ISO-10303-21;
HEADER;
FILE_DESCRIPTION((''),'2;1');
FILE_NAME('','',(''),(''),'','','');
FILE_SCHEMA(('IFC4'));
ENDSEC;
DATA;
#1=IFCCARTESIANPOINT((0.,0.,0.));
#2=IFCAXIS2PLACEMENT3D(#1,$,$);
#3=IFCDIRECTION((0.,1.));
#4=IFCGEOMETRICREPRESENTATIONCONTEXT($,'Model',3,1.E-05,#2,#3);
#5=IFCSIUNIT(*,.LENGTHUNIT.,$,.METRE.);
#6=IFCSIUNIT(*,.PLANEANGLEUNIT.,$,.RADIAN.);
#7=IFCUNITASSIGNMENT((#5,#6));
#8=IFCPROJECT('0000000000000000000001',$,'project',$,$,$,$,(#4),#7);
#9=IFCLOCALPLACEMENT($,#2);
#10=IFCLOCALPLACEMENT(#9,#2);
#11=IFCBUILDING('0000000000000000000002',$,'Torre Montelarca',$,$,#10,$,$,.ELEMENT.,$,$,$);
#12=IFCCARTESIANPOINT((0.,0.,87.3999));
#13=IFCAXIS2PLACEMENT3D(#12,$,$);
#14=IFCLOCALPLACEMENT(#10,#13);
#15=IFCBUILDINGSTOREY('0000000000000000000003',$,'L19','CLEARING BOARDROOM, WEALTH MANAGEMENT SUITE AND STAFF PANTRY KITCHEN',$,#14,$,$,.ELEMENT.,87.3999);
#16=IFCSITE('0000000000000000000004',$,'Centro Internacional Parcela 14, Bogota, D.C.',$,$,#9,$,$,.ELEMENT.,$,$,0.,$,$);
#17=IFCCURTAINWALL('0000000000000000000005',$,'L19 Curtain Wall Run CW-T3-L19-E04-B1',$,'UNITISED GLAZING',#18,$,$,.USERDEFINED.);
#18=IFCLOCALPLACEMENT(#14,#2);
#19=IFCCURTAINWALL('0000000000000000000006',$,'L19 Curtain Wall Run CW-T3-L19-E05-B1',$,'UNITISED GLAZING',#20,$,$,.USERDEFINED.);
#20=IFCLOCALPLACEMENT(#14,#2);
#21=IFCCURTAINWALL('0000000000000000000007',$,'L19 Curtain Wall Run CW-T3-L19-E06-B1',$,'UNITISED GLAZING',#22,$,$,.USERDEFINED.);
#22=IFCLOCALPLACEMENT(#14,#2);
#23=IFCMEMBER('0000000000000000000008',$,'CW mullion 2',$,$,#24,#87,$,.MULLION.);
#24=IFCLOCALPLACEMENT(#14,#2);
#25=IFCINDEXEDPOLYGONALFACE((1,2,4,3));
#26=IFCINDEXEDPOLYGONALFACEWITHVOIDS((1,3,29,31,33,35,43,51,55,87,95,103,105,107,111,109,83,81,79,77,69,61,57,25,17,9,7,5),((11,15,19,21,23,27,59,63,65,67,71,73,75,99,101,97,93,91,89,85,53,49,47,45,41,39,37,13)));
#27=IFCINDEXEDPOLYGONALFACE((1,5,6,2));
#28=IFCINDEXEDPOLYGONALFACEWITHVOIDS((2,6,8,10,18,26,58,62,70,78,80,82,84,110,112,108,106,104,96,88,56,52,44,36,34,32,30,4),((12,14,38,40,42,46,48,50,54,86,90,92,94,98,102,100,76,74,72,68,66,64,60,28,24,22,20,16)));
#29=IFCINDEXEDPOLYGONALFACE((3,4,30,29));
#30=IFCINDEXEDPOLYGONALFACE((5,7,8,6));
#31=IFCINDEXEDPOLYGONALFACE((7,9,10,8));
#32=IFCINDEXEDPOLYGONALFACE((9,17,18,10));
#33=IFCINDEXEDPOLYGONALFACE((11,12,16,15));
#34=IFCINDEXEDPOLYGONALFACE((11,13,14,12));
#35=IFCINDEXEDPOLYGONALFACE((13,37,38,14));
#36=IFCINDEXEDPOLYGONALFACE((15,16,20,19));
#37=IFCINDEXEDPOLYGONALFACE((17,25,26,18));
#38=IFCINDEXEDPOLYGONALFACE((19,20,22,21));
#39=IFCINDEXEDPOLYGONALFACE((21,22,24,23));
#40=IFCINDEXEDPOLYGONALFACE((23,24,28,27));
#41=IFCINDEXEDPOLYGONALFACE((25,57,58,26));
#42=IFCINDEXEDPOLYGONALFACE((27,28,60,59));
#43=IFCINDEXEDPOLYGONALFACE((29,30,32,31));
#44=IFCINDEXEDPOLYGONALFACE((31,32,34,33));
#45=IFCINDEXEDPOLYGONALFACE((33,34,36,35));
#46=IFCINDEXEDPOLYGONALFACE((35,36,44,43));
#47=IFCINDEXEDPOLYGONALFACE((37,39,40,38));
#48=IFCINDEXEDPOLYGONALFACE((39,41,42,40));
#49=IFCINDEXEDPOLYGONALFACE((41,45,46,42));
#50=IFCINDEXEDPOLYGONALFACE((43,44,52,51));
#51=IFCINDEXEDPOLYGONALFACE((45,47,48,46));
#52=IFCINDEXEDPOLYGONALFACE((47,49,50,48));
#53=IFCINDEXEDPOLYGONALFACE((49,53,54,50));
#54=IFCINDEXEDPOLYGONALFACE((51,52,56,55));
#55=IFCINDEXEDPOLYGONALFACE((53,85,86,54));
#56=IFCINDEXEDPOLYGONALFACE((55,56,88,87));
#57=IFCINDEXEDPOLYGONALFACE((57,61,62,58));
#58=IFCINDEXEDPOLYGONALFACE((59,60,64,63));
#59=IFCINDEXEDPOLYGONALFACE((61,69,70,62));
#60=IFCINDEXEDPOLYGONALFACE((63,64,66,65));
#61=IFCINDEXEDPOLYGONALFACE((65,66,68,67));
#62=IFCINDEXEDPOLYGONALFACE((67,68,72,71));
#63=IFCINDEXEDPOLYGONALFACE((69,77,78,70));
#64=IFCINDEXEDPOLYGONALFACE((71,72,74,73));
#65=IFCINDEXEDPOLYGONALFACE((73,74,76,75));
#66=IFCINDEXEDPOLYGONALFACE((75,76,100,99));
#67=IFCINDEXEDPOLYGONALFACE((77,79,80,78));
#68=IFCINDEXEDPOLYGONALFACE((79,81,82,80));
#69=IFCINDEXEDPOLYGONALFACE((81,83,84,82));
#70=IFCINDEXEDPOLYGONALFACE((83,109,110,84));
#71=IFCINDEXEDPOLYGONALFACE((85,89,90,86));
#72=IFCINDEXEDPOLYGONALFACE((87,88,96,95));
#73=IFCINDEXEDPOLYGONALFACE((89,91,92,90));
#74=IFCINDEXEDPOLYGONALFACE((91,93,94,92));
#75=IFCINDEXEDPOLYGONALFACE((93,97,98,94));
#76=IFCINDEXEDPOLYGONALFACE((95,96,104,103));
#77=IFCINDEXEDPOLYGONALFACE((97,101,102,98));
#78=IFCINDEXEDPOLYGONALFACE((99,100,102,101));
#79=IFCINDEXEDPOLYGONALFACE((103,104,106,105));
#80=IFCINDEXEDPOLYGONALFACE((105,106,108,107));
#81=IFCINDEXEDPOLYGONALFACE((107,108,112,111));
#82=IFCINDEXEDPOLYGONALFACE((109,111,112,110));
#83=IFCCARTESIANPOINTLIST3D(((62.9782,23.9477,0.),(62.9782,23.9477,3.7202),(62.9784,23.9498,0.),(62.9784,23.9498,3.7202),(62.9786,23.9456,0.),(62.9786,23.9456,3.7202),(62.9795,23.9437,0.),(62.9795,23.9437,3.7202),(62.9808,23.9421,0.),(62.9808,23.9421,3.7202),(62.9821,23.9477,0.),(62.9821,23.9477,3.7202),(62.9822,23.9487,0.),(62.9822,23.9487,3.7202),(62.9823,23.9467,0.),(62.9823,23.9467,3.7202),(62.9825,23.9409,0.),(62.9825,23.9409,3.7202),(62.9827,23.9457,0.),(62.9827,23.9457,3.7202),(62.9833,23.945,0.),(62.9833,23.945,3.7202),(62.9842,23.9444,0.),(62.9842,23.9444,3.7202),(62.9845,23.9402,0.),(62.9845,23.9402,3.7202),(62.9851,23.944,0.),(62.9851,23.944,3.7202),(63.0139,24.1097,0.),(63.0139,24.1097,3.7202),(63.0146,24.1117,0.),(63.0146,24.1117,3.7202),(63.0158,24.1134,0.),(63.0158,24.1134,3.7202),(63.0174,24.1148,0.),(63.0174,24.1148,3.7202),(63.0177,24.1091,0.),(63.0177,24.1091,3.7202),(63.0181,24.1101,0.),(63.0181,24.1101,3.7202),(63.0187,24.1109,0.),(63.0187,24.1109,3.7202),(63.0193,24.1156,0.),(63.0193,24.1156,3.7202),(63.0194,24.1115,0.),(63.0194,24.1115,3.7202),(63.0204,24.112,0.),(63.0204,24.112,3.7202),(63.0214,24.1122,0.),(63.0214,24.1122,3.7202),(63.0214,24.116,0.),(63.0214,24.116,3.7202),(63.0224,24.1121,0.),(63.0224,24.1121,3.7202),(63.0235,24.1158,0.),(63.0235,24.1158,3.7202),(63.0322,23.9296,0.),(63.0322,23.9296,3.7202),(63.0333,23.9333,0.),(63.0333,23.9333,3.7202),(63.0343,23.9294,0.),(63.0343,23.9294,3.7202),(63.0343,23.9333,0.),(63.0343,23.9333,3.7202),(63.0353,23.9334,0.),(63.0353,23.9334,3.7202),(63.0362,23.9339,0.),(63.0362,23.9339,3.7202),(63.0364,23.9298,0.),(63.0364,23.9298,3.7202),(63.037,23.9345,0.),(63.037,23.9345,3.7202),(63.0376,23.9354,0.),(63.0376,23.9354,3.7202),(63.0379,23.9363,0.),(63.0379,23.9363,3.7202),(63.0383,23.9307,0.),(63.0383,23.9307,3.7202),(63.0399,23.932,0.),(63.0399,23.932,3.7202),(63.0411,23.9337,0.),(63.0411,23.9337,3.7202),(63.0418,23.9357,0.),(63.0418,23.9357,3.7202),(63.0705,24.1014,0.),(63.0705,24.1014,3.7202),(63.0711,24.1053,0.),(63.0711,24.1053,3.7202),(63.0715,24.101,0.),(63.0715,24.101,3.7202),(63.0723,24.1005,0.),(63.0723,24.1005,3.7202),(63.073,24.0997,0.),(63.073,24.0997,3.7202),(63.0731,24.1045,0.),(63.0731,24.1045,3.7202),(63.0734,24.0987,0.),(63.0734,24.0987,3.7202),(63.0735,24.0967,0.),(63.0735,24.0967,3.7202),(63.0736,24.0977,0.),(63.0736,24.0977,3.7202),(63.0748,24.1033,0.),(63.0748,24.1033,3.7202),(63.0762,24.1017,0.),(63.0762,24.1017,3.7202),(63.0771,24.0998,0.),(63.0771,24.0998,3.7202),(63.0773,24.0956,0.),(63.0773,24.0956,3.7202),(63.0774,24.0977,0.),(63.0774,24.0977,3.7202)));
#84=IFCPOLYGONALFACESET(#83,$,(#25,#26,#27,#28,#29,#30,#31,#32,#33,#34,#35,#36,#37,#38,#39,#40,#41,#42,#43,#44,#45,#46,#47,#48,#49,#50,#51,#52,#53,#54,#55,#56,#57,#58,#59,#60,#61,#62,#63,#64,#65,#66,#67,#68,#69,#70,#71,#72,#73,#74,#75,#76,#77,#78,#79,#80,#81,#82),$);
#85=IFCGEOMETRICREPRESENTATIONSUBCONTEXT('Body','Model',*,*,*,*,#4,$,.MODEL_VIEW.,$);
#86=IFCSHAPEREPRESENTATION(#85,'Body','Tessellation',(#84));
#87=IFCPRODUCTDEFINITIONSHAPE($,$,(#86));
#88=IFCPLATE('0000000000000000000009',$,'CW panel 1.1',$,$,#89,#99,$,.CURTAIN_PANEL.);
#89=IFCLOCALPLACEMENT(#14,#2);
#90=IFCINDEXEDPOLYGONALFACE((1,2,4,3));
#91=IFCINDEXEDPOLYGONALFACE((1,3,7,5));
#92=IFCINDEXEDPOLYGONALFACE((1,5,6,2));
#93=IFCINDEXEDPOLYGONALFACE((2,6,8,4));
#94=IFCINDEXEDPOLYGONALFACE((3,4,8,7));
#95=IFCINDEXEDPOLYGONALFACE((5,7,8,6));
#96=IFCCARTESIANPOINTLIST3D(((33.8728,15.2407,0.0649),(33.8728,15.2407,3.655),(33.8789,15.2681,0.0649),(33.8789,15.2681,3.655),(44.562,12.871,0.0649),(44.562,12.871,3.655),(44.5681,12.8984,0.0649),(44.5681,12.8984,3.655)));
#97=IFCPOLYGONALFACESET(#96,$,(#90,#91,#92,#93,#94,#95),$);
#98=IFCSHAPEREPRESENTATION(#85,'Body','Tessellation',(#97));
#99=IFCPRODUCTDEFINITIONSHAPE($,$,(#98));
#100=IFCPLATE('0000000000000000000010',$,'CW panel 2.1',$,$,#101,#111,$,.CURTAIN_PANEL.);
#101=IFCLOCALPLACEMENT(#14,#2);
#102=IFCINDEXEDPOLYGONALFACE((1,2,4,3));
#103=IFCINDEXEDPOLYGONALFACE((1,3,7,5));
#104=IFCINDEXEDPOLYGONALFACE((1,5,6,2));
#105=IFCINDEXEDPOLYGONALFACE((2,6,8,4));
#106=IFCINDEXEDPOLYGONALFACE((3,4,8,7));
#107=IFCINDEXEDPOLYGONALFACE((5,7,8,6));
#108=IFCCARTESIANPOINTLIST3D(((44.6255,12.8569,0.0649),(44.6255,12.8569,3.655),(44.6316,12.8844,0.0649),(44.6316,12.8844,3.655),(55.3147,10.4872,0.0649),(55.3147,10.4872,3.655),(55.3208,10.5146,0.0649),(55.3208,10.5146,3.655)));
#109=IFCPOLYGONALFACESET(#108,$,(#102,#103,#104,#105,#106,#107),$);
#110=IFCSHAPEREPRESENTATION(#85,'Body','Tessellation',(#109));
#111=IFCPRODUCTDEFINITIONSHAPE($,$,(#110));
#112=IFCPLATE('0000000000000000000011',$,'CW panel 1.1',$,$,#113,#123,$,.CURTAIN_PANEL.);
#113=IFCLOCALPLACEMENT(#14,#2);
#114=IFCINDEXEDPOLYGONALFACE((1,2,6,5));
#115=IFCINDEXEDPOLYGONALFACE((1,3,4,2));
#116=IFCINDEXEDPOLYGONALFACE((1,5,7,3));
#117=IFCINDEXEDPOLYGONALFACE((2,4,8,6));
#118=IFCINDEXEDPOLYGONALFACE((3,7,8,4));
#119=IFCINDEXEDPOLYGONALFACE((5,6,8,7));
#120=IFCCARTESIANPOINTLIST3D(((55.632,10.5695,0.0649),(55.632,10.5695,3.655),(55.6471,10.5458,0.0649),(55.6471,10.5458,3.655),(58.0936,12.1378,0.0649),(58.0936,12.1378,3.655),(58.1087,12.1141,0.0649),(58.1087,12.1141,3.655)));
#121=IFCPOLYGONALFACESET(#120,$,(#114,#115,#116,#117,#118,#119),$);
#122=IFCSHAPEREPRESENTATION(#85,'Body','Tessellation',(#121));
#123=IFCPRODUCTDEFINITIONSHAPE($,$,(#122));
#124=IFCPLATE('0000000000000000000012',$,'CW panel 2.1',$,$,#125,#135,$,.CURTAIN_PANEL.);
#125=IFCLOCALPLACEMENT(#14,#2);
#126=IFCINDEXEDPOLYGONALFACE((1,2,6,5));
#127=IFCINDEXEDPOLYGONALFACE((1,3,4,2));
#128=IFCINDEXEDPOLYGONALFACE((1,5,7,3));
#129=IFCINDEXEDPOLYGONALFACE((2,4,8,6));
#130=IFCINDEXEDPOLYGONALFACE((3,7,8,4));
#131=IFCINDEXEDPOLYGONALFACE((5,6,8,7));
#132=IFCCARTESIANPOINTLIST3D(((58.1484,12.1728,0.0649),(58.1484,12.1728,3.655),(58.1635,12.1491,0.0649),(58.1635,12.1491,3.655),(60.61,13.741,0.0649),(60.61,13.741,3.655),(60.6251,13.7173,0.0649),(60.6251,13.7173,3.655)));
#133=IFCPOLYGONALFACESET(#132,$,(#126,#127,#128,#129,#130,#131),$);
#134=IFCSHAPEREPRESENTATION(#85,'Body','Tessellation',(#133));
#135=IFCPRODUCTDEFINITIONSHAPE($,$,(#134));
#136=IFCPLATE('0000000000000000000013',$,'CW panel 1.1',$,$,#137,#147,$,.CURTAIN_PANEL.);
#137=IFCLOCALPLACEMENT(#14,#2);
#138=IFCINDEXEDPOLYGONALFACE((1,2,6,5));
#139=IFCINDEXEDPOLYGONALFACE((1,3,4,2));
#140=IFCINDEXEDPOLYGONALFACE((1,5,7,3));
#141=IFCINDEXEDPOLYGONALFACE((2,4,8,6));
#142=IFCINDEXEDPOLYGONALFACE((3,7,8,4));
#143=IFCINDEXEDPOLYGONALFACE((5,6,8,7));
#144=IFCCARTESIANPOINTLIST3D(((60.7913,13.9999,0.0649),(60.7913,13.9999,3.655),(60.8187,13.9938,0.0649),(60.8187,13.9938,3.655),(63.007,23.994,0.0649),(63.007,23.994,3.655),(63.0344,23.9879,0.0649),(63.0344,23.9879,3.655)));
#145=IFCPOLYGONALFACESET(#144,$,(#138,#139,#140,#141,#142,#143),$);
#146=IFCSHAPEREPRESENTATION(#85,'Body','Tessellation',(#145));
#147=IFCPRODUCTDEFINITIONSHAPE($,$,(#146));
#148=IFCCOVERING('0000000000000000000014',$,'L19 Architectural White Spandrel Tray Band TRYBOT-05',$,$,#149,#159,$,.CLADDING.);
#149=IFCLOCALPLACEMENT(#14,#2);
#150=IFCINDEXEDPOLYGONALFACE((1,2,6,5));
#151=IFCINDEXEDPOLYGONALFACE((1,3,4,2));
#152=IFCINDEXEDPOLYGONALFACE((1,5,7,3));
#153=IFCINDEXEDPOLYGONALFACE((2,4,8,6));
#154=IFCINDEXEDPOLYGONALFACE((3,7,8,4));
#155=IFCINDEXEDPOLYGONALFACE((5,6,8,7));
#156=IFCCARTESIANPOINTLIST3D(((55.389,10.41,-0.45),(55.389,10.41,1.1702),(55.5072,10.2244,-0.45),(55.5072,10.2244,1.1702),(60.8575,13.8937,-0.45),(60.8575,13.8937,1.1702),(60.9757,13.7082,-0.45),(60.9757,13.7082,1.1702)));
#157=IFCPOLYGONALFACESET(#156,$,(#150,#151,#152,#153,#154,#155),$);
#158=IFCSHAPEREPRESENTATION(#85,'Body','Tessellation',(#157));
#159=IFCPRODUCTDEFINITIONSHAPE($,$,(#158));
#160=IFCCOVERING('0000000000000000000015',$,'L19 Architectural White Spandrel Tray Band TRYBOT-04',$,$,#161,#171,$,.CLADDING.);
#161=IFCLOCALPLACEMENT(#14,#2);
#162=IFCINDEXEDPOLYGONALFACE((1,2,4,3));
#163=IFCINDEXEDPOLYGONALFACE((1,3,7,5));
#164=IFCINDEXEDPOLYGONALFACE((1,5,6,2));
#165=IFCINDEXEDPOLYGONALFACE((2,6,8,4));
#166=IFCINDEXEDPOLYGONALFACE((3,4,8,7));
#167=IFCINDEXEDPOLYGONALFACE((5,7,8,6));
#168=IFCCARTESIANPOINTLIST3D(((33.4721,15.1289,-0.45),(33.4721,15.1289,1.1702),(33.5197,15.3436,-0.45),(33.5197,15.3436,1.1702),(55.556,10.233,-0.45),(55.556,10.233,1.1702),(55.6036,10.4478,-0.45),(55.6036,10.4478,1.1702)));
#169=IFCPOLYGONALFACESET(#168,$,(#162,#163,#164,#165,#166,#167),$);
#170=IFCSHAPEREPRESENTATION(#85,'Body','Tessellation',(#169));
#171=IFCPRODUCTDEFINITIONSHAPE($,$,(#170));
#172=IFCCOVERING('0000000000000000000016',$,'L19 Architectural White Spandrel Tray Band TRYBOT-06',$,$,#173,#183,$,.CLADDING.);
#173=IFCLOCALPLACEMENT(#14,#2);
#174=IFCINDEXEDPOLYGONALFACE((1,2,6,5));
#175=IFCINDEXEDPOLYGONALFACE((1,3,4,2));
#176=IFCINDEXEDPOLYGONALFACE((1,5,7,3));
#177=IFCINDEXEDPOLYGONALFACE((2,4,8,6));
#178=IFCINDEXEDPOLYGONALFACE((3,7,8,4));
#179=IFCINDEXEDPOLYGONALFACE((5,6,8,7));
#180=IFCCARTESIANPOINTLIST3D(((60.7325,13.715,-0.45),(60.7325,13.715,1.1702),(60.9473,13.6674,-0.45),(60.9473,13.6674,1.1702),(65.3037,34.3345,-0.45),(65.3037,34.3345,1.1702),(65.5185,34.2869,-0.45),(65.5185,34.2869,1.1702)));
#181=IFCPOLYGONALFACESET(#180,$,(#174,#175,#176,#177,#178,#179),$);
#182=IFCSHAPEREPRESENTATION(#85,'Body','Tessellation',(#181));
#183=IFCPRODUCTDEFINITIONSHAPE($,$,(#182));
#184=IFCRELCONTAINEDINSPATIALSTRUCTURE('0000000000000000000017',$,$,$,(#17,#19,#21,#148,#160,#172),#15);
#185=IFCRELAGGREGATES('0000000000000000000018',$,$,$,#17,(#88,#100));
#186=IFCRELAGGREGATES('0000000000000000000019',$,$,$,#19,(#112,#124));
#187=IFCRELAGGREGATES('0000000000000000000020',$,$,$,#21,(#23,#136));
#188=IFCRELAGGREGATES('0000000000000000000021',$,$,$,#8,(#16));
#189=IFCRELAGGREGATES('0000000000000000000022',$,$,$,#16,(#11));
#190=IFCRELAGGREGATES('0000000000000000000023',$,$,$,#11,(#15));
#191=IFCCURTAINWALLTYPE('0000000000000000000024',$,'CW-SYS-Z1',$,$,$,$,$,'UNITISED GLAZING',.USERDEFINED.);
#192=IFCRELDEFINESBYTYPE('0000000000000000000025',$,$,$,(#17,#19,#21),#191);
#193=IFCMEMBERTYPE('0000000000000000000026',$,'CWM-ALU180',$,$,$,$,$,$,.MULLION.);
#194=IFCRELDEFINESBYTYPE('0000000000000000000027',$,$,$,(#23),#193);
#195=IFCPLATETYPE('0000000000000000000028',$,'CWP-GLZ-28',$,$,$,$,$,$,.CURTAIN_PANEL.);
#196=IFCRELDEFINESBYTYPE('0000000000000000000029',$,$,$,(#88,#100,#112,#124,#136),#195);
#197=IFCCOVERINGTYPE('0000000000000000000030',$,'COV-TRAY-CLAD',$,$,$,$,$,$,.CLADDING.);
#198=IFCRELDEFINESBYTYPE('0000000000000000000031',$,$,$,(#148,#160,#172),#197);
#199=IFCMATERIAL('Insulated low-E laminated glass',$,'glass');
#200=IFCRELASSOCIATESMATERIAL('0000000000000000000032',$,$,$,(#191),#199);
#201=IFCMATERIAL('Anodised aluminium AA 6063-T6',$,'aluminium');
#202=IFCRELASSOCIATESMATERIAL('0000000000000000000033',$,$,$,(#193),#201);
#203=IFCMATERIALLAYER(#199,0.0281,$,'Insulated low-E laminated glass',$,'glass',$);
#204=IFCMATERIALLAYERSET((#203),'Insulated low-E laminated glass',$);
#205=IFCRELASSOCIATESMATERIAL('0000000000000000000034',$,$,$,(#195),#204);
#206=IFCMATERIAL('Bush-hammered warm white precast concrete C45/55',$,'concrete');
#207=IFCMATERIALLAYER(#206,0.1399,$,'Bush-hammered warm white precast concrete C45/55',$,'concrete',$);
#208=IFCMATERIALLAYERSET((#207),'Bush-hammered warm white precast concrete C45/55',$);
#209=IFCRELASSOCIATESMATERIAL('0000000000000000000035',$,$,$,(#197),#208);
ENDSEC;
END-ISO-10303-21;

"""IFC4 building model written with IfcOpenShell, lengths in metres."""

from ifc_helpers import new_model, si_unit, direction, frame, origin, origin_2d, place, context, subcontext, project, spatial, rectangle, hollow_rectangle, extrude, source, transform, mapped, material, layer, layer_set, material_profile, profile_set, type_object, element, aggregate, save


model = new_model("IFC4")

# Units and contexts
model_context = context("Model", 3, precision=1e-05, world=origin(), true_north=direction((0.0, 1.0)))
body_context = subcontext(model_context, "Body", "Model", "MODEL_VIEW")
ifc_project = project(units=[si_unit("LENGTHUNIT", "METRE"), si_unit("PLANEANGLEUNIT", "RADIAN")], contexts=[model_context])

# Site, building, storey
site_placement = place(None, origin())
site = spatial("IfcSite", under=ifc_project, at=site_placement, Name="Centro Internacional Parcela 14, Bogota, D.C.", CompositionType="ELEMENT", RefElevation=0.0)
building_placement = place(site_placement, origin())
building = spatial("IfcBuilding", under=site, at=building_placement, Name="Torre Montelarca", CompositionType="ELEMENT")
storey_placement = place(building_placement, frame((0.0, 0.0, 87.3999)))
storey = spatial("IfcBuildingStorey", under=building, at=storey_placement, Name="L19", Description="CLEARING BOARDROOM, WEALTH MANAGEMENT SUITE AND STAFF PANTRY KITCHEN", CompositionType="ELEMENT", Elevation=87.3999)

# Curtain walls
ifc_material_1 = material(Name="Insulated low-E laminated glass", Category="glass")
curtain_wall_type = type_object("IfcCurtainWallType", Name="CW-SYS-Z1", ElementType="UNITISED GLAZING", PredefinedType="USERDEFINED", material=ifc_material_1)
curtain_wall_1_placement = place(storey_placement, origin())
curtain_wall_1 = element("IfcCurtainWall", 1, at=curtain_wall_1_placement, inside=storey, type_object=curtain_wall_type, Name="L19 Curtain Wall Run CW-T3-L19-E04-B1", ObjectType="UNITISED GLAZING", PredefinedType="USERDEFINED")
ifc_material_2 = material(Name="Anodised aluminium AA 6063-T6", Category="aluminium")
curtain_wall_2_placement = place(storey_placement, origin())
curtain_wall_2 = element("IfcCurtainWall", 2, at=curtain_wall_2_placement, inside=storey, type_object=curtain_wall_type, Name="L19 Curtain Wall Run CW-T3-L19-E05-B1", ObjectType="UNITISED GLAZING", PredefinedType="USERDEFINED")
curtain_wall_3_placement = place(storey_placement, origin())
curtain_wall_3 = element("IfcCurtainWall", 3, at=curtain_wall_3_placement, inside=storey, type_object=curtain_wall_type, Name="L19 Curtain Wall Run CW-T3-L19-E06-B1", ObjectType="UNITISED GLAZING", PredefinedType="USERDEFINED")

# Member
ifc_material_profile_1 = material_profile(ifc_material_2, hollow_rectangle(XDim=0.0649, YDim=0.1799, WallThickness=0.0039, InnerFilletRadius=0.0039, OuterFilletRadius=0.0081, at=origin_2d()), Name="ALU65X180X4", Category="aluminium")
ifc_profile_set_1 = profile_set([ifc_material_profile_1], Name="Anodised aluminium AA 6063-T6")
member_type_1 = type_object("IfcMemberType", Name="CWM-ALU180", PredefinedType="MULLION", material=ifc_profile_set_1)
shared_shape_1 = source(origin(), body_context, "Body", "SweptSolid", [
    extrude(hollow_rectangle(XDim=0.0649, YDim=0.1799, WallThickness=0.0039, InnerFilletRadius=0.0039, OuterFilletRadius=0.0081, at=origin_2d()), origin(), (0.0, 0.0, 1.0), 3.7202),
])
member_1_placement = place(storey_placement, frame((63.0278, 24.0227, 0.0), z_axis=(0.0, 0.0, 1.0), x_axis=(-0.976296, 0.216441, 0.0)))
member_1 = element("IfcMember", 4, at=member_1_placement, type_object=member_type_1, Name="CW mullion 2", PredefinedType="MULLION", context=body_context, shape_type="MappedRepresentation", body=[
    mapped(shared_shape_1, transform((0.0, 0.0, 0.0), scale=1.0)),
])

# Plates
ifc_layer_1 = layer(ifc_material_1, 0.0281, Name="Insulated low-E laminated glass", Category="glass")
ifc_layer_set_1 = layer_set([ifc_layer_1], Name="Insulated low-E laminated glass")
plate_type = type_object("IfcPlateType", Name="CWP-GLZ-28", PredefinedType="CURTAIN_PANEL", material=ifc_layer_set_1)
shared_shape_2 = source(origin(), body_context, "Body", "SweptSolid", [
    extrude(rectangle(XDim=10.9487, YDim=0.0281, at=origin_2d()), origin(), (0.0, 0.0, 1.0), 3.5901),
])
plate_1_placement = place(storey_placement, frame((39.2205, 14.0696, 0.0649), z_axis=(0.0, 0.0, 1.0), x_axis=(0.976297, -0.216437, 0.0)))
plate_1 = element("IfcPlate", 5, at=plate_1_placement, type_object=plate_type, Name="CW panel 1.1", PredefinedType="CURTAIN_PANEL", context=body_context, shape_type="MappedRepresentation", body=[
    mapped(shared_shape_2, transform((0.0, 0.0, 0.0), scale=1.0)),
])
plate_2_placement = place(storey_placement, frame((49.9731, 11.6858, 0.0649), z_axis=(0.0, 0.0, 1.0), x_axis=(0.976297, -0.216437, 0.0)))
plate_2 = element("IfcPlate", 6, at=plate_2_placement, type_object=plate_type, Name="CW panel 2.1", PredefinedType="CURTAIN_PANEL", context=body_context, shape_type="MappedRepresentation", body=[
    mapped(shared_shape_2, transform((0.0, 0.0, 0.0), scale=1.0)),
])
aggregate(curtain_wall_1, [plate_1, plate_2])
shared_shape_3 = source(origin(), body_context, "Body", "SweptSolid", [
    extrude(rectangle(XDim=2.9187, YDim=0.0281, at=origin_2d()), origin(), (0.0, 0.0, 1.0), 3.5901),
])
plate_3_placement = place(storey_placement, frame((56.8704, 11.3418, 0.0649), z_axis=(0.0, 0.0, 1.0), x_axis=(0.843388, 0.537304, 0.0)))
plate_3 = element("IfcPlate", 7, at=plate_3_placement, type_object=plate_type, Name="CW panel 1.1", PredefinedType="CURTAIN_PANEL", context=body_context, shape_type="MappedRepresentation", body=[
    mapped(shared_shape_3, transform((0.0, 0.0, 0.0), scale=1.0)),
])
plate_4_placement = place(storey_placement, frame((59.3867, 12.9451, 0.0649), z_axis=(0.0, 0.0, 1.0), x_axis=(0.843388, 0.537304, 0.0)))
plate_4 = element("IfcPlate", 8, at=plate_4_placement, type_object=plate_type, Name="CW panel 2.1", PredefinedType="CURTAIN_PANEL", context=body_context, shape_type="MappedRepresentation", body=[
    mapped(shared_shape_3, transform((0.0, 0.0, 0.0), scale=1.0)),
])
aggregate(curtain_wall_2, [plate_3, plate_4])
shared_shape_4 = source(origin(), body_context, "Body", "SweptSolid", [
    extrude(rectangle(XDim=10.2368, YDim=0.0281, at=origin_2d()), origin(), (0.0, 0.0, 1.0), 3.5901),
])
plate_5_placement = place(storey_placement, frame((61.9128, 18.9939, 0.0649), z_axis=(0.0, 0.0, 1.0), x_axis=(0.216441, 0.976296, 0.0)))
plate_5 = element("IfcPlate", 9, at=plate_5_placement, type_object=plate_type, Name="CW panel 1.1", PredefinedType="CURTAIN_PANEL", context=body_context, shape_type="MappedRepresentation", body=[
    mapped(shared_shape_4, transform((0.0, 0.0, 0.0), scale=1.0)),
])
aggregate(curtain_wall_3, [member_1, plate_5])

# Coverings
ifc_material_3 = material(Name="Bush-hammered warm white precast concrete C45/55", Category="concrete")
ifc_layer_2 = layer(ifc_material_3, 0.1399, Name="Bush-hammered warm white precast concrete C45/55", Category="concrete")
ifc_layer_set_2 = layer_set([ifc_layer_2], Name="Bush-hammered warm white precast concrete C45/55")
covering_type = type_object("IfcCoveringType", Name="COV-TRAY-CLAD", PredefinedType="CLADDING", material=ifc_layer_set_2)
shared_shape_5 = source(origin(), body_context, "Body", "SweptSolid", [
    extrude(rectangle(XDim=6.4839, YDim=0.22, at=origin_2d()), origin(), (0.0, 0.0, 1.0), 1.6201),
])
covering_1_placement = place(storey_placement, frame((58.1824, 12.0591, -0.45), z_axis=(0.0, 0.0, 1.0), x_axis=(0.843395, 0.537294, 0.0)))
element("IfcCovering", 10, at=covering_1_placement, inside=storey, type_object=covering_type, Name="L19 Architectural White Spandrel Tray Band TRYBOT-05", PredefinedType="CLADDING", context=body_context, shape_type="MappedRepresentation", body=[
    mapped(shared_shape_5, transform((0.0, 0.0, 0.0), scale=1.0)),
])
shared_shape_6 = source(origin(), body_context, "Body", "SweptSolid", [
    extrude(rectangle(XDim=22.6201, YDim=0.22, at=origin_2d()), origin(), (0.0, 0.0, 1.0), 1.6201),
])
covering_2_placement = place(storey_placement, frame((44.5378, 12.7883, -0.45), z_axis=(0.0, 0.0, 1.0), x_axis=(0.976297, -0.216436, 0.0)))
element("IfcCovering", 11, at=covering_2_placement, inside=storey, type_object=covering_type, Name="L19 Architectural White Spandrel Tray Band TRYBOT-04", PredefinedType="CLADDING", context=body_context, shape_type="MappedRepresentation", body=[
    mapped(shared_shape_6, transform((0.0, 0.0, 0.0), scale=1.0)),
])
shared_shape_7 = source(origin(), body_context, "Body", "SweptSolid", [
    extrude(rectangle(XDim=21.1201, YDim=0.22, at=origin_2d()), origin(), (0.0, 0.0, 1.0), 1.6201),
])
covering_3_placement = place(storey_placement, frame((63.1255, 24.001, -0.45), z_axis=(0.0, 0.0, 1.0), x_axis=(0.216438, 0.976296, 0.0)))
element("IfcCovering", 12, at=covering_3_placement, inside=storey, type_object=covering_type, Name="L19 Architectural White Spandrel Tray Band TRYBOT-06", PredefinedType="CLADDING", context=body_context, shape_type="MappedRepresentation", body=[
    mapped(shared_shape_7, transform((0.0, 0.0, 0.0), scale=1.0)),
])

save(model, "model.ifc")
